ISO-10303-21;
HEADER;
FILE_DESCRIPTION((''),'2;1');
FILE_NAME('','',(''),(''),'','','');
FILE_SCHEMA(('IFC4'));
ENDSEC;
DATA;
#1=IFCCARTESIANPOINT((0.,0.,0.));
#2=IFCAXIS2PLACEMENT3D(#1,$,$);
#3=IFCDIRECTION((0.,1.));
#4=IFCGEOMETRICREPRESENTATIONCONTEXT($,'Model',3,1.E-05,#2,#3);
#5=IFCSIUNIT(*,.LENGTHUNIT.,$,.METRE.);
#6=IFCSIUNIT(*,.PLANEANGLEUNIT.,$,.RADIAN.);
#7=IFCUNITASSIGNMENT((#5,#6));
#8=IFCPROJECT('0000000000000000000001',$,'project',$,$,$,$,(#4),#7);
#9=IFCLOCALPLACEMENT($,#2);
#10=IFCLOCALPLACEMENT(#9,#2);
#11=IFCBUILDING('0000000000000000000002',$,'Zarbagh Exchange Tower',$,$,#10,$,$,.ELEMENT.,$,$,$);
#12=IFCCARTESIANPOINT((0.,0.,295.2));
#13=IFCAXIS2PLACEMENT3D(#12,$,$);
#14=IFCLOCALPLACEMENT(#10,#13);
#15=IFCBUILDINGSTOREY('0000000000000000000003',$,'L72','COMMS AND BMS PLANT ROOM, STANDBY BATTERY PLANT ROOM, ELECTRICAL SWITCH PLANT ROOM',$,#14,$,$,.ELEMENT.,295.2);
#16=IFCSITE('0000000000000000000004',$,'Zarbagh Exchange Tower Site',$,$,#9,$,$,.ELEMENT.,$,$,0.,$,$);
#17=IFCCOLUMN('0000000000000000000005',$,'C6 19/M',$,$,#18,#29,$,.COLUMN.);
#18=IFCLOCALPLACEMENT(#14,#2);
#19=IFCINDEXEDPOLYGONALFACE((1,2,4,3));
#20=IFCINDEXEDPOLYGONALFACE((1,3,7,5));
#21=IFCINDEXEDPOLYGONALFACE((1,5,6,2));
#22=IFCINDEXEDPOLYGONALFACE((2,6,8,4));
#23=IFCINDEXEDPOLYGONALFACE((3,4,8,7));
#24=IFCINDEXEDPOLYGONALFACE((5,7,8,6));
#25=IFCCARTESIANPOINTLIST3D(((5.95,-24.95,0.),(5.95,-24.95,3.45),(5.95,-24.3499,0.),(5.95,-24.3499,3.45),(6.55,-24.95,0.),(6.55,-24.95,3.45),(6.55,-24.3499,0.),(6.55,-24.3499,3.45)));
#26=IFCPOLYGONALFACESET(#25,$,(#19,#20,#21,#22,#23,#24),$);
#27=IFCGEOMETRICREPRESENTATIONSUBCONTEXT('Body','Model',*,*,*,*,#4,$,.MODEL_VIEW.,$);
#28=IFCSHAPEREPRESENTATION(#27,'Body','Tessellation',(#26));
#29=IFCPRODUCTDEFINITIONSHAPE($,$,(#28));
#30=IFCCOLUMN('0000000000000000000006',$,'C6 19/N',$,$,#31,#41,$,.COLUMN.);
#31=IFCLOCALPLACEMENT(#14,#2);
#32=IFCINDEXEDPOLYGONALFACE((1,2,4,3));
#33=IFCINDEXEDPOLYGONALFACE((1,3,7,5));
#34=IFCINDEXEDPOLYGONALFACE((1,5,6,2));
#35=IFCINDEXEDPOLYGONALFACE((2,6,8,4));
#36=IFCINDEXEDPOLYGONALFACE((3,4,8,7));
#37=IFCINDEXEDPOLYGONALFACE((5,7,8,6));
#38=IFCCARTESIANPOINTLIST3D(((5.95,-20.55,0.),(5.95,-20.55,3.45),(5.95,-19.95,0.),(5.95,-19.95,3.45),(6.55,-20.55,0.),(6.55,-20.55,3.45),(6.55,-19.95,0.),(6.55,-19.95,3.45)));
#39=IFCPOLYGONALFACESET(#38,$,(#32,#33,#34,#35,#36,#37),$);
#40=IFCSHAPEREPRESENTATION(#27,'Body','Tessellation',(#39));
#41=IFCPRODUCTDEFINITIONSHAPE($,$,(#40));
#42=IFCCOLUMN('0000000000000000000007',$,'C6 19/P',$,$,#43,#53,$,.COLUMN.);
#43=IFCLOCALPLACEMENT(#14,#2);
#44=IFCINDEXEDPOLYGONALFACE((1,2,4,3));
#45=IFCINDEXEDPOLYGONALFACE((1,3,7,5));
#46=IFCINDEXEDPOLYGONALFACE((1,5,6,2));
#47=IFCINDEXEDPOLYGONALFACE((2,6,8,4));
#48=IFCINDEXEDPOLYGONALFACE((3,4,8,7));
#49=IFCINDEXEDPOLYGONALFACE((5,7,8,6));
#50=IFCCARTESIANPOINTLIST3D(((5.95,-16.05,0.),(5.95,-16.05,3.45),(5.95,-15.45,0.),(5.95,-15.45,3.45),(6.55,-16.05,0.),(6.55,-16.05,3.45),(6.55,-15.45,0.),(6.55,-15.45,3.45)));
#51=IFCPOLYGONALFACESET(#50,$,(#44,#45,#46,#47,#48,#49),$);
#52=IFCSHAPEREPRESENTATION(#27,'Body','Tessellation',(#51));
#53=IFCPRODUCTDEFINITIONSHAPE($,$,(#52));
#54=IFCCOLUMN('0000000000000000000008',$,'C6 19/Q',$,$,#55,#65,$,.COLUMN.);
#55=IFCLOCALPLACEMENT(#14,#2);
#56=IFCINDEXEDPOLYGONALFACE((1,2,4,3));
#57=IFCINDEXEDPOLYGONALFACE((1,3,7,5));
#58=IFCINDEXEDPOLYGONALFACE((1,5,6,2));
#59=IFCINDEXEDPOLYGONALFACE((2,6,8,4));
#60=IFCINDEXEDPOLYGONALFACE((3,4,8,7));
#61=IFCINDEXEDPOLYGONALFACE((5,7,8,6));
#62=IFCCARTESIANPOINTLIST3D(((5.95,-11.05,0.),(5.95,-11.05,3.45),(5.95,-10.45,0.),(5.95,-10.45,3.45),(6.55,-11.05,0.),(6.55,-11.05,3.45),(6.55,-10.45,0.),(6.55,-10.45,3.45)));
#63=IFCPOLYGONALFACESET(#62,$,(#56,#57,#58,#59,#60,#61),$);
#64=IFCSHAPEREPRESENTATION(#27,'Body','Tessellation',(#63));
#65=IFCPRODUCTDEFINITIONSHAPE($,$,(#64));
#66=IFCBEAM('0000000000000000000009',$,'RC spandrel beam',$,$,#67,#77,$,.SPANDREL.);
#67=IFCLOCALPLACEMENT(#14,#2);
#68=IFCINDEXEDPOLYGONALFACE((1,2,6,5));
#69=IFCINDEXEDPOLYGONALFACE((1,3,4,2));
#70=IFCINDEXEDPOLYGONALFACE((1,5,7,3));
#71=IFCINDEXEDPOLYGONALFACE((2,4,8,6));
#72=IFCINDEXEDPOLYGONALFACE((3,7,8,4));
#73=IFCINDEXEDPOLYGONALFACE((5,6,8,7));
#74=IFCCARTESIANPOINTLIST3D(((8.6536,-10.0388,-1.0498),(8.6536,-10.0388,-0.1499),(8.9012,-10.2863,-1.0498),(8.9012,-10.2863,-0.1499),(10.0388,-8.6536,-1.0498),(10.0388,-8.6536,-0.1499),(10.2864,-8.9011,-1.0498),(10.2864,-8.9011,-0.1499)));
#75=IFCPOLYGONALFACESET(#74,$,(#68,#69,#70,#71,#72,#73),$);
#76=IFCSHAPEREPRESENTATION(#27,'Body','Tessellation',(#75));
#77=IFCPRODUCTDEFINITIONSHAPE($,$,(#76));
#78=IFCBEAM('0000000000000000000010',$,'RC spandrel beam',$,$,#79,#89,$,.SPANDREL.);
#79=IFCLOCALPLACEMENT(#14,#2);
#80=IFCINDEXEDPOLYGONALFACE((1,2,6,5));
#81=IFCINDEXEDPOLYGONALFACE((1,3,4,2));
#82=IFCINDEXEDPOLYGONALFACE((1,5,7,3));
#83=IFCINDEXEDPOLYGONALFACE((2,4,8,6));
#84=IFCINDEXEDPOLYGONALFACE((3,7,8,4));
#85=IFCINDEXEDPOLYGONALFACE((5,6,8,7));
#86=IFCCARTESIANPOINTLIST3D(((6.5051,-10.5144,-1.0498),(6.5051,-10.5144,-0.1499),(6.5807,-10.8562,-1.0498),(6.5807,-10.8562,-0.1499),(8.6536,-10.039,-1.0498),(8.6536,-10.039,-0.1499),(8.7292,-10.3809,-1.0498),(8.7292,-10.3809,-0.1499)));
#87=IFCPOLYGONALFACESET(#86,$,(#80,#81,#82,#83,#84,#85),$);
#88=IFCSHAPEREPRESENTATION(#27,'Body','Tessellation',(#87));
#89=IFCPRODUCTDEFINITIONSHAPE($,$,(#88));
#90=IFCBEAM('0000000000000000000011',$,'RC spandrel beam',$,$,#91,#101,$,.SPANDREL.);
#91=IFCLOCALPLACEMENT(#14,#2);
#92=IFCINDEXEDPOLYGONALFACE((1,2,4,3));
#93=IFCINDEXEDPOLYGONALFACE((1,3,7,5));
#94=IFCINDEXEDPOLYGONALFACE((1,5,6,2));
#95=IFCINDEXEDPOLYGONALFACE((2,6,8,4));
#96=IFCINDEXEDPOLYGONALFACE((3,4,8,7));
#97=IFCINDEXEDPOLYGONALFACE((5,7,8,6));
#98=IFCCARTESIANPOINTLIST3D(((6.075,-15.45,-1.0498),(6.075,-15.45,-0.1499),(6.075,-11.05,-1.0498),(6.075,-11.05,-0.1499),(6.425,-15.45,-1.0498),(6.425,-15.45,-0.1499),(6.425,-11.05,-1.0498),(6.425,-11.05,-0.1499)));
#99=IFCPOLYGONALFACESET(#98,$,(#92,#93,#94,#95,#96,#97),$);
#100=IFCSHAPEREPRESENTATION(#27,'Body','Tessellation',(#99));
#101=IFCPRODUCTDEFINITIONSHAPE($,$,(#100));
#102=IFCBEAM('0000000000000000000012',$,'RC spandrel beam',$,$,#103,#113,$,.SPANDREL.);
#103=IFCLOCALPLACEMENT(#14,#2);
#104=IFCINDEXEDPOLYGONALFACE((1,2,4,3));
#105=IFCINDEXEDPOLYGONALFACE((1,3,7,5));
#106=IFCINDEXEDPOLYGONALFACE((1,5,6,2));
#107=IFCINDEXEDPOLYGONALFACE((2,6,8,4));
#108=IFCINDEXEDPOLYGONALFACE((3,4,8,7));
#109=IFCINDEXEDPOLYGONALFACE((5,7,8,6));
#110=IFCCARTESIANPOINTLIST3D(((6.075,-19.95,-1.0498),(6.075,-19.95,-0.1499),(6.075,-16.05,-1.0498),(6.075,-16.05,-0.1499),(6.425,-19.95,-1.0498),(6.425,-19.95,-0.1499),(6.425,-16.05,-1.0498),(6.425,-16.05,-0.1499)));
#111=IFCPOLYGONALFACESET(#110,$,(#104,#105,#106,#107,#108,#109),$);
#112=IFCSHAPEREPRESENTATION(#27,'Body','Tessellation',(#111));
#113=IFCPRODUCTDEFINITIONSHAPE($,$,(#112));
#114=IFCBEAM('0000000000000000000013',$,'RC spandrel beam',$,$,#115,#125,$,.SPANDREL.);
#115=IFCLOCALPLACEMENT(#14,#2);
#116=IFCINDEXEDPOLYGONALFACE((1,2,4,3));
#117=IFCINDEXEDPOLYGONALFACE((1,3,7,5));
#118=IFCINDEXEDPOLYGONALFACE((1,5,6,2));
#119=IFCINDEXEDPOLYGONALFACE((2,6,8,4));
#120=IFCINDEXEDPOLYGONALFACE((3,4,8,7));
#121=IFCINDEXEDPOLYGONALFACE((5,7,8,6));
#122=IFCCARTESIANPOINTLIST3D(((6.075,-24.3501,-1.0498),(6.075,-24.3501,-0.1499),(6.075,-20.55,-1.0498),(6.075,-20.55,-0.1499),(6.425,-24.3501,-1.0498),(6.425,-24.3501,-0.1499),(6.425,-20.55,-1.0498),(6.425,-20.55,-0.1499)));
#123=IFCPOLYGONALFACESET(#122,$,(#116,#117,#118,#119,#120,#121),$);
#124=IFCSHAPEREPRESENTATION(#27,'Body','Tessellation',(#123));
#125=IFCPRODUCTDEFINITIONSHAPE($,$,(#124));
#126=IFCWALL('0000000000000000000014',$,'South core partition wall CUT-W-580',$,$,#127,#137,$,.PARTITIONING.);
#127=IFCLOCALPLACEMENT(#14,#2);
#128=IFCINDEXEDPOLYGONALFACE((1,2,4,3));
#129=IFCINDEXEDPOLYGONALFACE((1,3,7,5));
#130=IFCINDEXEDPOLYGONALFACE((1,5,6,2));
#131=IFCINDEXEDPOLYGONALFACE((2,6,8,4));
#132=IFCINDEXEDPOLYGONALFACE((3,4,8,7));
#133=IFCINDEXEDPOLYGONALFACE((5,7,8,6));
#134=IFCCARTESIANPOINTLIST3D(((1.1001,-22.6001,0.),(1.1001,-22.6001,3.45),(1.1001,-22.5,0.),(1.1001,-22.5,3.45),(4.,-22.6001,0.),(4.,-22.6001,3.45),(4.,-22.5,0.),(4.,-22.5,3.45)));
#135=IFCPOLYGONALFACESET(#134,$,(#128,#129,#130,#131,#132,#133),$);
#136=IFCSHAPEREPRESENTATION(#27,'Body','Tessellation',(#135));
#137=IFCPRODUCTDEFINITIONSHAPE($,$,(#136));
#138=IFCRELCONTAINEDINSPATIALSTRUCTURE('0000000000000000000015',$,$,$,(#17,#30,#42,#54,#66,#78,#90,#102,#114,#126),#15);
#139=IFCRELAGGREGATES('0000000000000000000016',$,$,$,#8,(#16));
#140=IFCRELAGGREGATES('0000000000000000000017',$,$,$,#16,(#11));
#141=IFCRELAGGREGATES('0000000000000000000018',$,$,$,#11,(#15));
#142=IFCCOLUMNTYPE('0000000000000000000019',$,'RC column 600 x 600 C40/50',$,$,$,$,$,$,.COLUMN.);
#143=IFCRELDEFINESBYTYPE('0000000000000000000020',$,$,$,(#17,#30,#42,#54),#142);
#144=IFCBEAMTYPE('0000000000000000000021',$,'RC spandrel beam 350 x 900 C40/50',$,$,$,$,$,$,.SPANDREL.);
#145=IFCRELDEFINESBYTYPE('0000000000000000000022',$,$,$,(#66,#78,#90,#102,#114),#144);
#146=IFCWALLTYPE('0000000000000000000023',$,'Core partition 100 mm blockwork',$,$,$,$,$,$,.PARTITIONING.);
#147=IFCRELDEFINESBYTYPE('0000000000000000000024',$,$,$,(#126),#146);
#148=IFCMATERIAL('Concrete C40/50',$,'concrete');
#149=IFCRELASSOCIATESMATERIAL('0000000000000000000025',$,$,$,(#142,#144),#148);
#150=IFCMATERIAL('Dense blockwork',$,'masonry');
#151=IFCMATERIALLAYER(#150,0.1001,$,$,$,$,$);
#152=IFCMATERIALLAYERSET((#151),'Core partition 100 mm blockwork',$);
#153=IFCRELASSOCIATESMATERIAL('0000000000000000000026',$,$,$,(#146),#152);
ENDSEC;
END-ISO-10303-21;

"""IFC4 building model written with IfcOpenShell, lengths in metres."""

from ifc_helpers import new_model, si_unit, direction, frame, frame_2d, origin, origin_2d, place, context, subcontext, project, spatial, rectangle, extrude, material, layer, layer_set, material_profile, profile_set, type_object, element, save


model = new_model("IFC4")

# Units and contexts
model_context = context("Model", 3, precision=1e-05, world=origin(), true_north=direction((0.0, 1.0)))
body_context = subcontext(model_context, "Body", "Model", "MODEL_VIEW")
ifc_project = project(units=[si_unit("LENGTHUNIT", "METRE"), si_unit("PLANEANGLEUNIT", "RADIAN")], contexts=[model_context])

# Site, building, storey
site_placement = place(None, origin())
site = spatial("IfcSite", under=ifc_project, at=site_placement, Name="Zarbagh Exchange Tower Site", CompositionType="ELEMENT", RefElevation=0.0)
building_placement = place(site_placement, origin())
building = spatial("IfcBuilding", under=site, at=building_placement, Name="Zarbagh Exchange Tower", CompositionType="ELEMENT")
storey_placement = place(building_placement, frame((0.0, 0.0, 295.2)))
storey = spatial("IfcBuildingStorey", under=building, at=storey_placement, Name="L72", Description="COMMS AND BMS PLANT ROOM, STANDBY BATTERY PLANT ROOM, ELECTRICAL SWITCH PLANT ROOM", CompositionType="ELEMENT", Elevation=295.2)

# Columns
ifc_material_1 = material(Name="Concrete C40/50", Category="concrete")
ifc_material_profile_1 = material_profile(ifc_material_1, rectangle(XDim=0.6001, YDim=0.6001, at=origin_2d()), Name="RC column 600 x 600 C40/50")
ifc_profile_set_1 = profile_set([ifc_material_profile_1], Name="Concrete C40/50")
column_type = type_object("IfcColumnType", Name="RC column 600 x 600 C40/50", PredefinedType="COLUMN", material=ifc_profile_set_1)
for number, where, z_axis, x_axis, name in (
    (1, (6.25, -24.6499, 0.0), (0.0, 0.0, 1.0), (1.0, 0.0, 0.0), "C6 19/M"),
    (2, (6.25, -20.25, 0.0), (0.0, 0.0, 1.0), (1.0, 0.0, 0.0), "C6 19/N"),
    (3, (6.25, -15.75, 0.0), (0.0, 0.0, 1.0), (1.0, 0.0, 0.0), "C6 19/P"),
    (4, (6.25, -10.75, 0.0), (0.0, 0.0, 1.0), (1.0, 0.0, 0.0), "C6 19/Q"),
):
    element("IfcColumn", number, at=place(storey_placement, frame(where, z_axis=z_axis, x_axis=x_axis)), inside=storey, type_object=column_type, Name=name, PredefinedType="COLUMN", context=body_context, shape_type="SweptSolid", body=[
        extrude(rectangle(XDim=0.6001, YDim=0.6001, at=origin_2d()), origin(), (0.0, 0.0, 1.0), 3.45),
    ])

# Beams
ifc_material_profile_2 = material_profile(ifc_material_1, rectangle(XDim=0.3501, YDim=0.8999, at=origin_2d()), Name="RC spandrel beam 350 x 900 C40/50")
ifc_profile_set_2 = profile_set([ifc_material_profile_2], Name="Concrete C40/50")
beam_type = type_object("IfcBeamType", Name="RC spandrel beam 350 x 900 C40/50", PredefinedType="SPANDREL", material=ifc_profile_set_2)
beam_1_placement = place(storey_placement, frame((10.1626, -8.7773, -0.5999), z_axis=(-0.707107, -0.707107, 0.0), x_axis=(0.707107, -0.707107, 0.0)))
element("IfcBeam", 5, at=beam_1_placement, inside=storey, type_object=beam_type, Name="RC spandrel beam", PredefinedType="SPANDREL", context=body_context, shape_type="SweptSolid", body=[
    extrude(rectangle(XDim=0.3501, YDim=0.8999, at=origin_2d()), origin(), (0.0, 0.0, 1.0), 1.959),
])
beam_2_placement = place(storey_placement, frame((8.6914, -10.21, -0.5999), z_axis=(-0.976388, -0.216026, 0.0), x_axis=(0.216026, -0.976388, 0.0)))
element("IfcBeam", 6, at=beam_2_placement, inside=storey, type_object=beam_type, Name="RC spandrel beam", PredefinedType="SPANDREL", context=body_context, shape_type="SweptSolid", body=[
    extrude(rectangle(XDim=0.3501, YDim=0.8999, at=origin_2d()), origin(), (0.0, 0.0, 1.0), 2.2004),
])
beam_3_placement = place(storey_placement, frame((6.25, -11.05, -0.5999), z_axis=(0.0, -1.0, 0.0), x_axis=(1.0, 0.0, 0.0)))
element("IfcBeam", 7, at=beam_3_placement, inside=storey, type_object=beam_type, Name="RC spandrel beam", PredefinedType="SPANDREL", context=body_context, shape_type="SweptSolid", body=[
    extrude(rectangle(XDim=0.3501, YDim=0.8999, at=origin_2d()), origin(), (0.0, 0.0, 1.0), 4.3999),
])
beam_4_placement = place(storey_placement, frame((6.25, -16.05, -0.5999), z_axis=(0.0, -1.0, 0.0), x_axis=(1.0, 0.0, 0.0)))
element("IfcBeam", 8, at=beam_4_placement, inside=storey, type_object=beam_type, Name="RC spandrel beam", PredefinedType="SPANDREL", context=body_context, shape_type="SweptSolid", body=[
    extrude(rectangle(XDim=0.3501, YDim=0.8999, at=origin_2d()), origin(), (0.0, 0.0, 1.0), 3.8999),
])
beam_5_placement = place(storey_placement, frame((6.25, -20.55, -0.5999), z_axis=(0.0, -1.0, 0.0), x_axis=(1.0, 0.0, 0.0)))
element("IfcBeam", 9, at=beam_5_placement, inside=storey, type_object=beam_type, Name="RC spandrel beam", PredefinedType="SPANDREL", context=body_context, shape_type="SweptSolid", body=[
    extrude(rectangle(XDim=0.3501, YDim=0.8999, at=origin_2d()), origin(), (0.0, 0.0, 1.0), 3.8),
])

# Wall
ifc_material_2 = material(Name="Dense blockwork", Category="masonry")
ifc_layer_1 = layer(ifc_material_2, 0.1001)
ifc_layer_set_1 = layer_set([ifc_layer_1], Name="Core partition 100 mm blockwork")
wall_type_1 = type_object("IfcWallType", Name="Core partition 100 mm blockwork", PredefinedType="PARTITIONING", material=ifc_layer_set_1)
wall_1_placement = place(storey_placement, frame((4.0, -22.55, 0.0), z_axis=(0.0, 0.0, 1.0), x_axis=(-1.0, 0.0, 0.0)))
element("IfcWall", 10, at=wall_1_placement, inside=storey, type_object=wall_type_1, Name="South core partition wall CUT-W-580", PredefinedType="PARTITIONING", context=body_context, shape_type="SweptSolid", body=[
    extrude(rectangle(XDim=2.8999, YDim=0.1001, at=frame_2d((1.45, 0.0))), origin(), (0.0, 0.0, 1.0), 3.45),
])

save(model, "model.ifc")
